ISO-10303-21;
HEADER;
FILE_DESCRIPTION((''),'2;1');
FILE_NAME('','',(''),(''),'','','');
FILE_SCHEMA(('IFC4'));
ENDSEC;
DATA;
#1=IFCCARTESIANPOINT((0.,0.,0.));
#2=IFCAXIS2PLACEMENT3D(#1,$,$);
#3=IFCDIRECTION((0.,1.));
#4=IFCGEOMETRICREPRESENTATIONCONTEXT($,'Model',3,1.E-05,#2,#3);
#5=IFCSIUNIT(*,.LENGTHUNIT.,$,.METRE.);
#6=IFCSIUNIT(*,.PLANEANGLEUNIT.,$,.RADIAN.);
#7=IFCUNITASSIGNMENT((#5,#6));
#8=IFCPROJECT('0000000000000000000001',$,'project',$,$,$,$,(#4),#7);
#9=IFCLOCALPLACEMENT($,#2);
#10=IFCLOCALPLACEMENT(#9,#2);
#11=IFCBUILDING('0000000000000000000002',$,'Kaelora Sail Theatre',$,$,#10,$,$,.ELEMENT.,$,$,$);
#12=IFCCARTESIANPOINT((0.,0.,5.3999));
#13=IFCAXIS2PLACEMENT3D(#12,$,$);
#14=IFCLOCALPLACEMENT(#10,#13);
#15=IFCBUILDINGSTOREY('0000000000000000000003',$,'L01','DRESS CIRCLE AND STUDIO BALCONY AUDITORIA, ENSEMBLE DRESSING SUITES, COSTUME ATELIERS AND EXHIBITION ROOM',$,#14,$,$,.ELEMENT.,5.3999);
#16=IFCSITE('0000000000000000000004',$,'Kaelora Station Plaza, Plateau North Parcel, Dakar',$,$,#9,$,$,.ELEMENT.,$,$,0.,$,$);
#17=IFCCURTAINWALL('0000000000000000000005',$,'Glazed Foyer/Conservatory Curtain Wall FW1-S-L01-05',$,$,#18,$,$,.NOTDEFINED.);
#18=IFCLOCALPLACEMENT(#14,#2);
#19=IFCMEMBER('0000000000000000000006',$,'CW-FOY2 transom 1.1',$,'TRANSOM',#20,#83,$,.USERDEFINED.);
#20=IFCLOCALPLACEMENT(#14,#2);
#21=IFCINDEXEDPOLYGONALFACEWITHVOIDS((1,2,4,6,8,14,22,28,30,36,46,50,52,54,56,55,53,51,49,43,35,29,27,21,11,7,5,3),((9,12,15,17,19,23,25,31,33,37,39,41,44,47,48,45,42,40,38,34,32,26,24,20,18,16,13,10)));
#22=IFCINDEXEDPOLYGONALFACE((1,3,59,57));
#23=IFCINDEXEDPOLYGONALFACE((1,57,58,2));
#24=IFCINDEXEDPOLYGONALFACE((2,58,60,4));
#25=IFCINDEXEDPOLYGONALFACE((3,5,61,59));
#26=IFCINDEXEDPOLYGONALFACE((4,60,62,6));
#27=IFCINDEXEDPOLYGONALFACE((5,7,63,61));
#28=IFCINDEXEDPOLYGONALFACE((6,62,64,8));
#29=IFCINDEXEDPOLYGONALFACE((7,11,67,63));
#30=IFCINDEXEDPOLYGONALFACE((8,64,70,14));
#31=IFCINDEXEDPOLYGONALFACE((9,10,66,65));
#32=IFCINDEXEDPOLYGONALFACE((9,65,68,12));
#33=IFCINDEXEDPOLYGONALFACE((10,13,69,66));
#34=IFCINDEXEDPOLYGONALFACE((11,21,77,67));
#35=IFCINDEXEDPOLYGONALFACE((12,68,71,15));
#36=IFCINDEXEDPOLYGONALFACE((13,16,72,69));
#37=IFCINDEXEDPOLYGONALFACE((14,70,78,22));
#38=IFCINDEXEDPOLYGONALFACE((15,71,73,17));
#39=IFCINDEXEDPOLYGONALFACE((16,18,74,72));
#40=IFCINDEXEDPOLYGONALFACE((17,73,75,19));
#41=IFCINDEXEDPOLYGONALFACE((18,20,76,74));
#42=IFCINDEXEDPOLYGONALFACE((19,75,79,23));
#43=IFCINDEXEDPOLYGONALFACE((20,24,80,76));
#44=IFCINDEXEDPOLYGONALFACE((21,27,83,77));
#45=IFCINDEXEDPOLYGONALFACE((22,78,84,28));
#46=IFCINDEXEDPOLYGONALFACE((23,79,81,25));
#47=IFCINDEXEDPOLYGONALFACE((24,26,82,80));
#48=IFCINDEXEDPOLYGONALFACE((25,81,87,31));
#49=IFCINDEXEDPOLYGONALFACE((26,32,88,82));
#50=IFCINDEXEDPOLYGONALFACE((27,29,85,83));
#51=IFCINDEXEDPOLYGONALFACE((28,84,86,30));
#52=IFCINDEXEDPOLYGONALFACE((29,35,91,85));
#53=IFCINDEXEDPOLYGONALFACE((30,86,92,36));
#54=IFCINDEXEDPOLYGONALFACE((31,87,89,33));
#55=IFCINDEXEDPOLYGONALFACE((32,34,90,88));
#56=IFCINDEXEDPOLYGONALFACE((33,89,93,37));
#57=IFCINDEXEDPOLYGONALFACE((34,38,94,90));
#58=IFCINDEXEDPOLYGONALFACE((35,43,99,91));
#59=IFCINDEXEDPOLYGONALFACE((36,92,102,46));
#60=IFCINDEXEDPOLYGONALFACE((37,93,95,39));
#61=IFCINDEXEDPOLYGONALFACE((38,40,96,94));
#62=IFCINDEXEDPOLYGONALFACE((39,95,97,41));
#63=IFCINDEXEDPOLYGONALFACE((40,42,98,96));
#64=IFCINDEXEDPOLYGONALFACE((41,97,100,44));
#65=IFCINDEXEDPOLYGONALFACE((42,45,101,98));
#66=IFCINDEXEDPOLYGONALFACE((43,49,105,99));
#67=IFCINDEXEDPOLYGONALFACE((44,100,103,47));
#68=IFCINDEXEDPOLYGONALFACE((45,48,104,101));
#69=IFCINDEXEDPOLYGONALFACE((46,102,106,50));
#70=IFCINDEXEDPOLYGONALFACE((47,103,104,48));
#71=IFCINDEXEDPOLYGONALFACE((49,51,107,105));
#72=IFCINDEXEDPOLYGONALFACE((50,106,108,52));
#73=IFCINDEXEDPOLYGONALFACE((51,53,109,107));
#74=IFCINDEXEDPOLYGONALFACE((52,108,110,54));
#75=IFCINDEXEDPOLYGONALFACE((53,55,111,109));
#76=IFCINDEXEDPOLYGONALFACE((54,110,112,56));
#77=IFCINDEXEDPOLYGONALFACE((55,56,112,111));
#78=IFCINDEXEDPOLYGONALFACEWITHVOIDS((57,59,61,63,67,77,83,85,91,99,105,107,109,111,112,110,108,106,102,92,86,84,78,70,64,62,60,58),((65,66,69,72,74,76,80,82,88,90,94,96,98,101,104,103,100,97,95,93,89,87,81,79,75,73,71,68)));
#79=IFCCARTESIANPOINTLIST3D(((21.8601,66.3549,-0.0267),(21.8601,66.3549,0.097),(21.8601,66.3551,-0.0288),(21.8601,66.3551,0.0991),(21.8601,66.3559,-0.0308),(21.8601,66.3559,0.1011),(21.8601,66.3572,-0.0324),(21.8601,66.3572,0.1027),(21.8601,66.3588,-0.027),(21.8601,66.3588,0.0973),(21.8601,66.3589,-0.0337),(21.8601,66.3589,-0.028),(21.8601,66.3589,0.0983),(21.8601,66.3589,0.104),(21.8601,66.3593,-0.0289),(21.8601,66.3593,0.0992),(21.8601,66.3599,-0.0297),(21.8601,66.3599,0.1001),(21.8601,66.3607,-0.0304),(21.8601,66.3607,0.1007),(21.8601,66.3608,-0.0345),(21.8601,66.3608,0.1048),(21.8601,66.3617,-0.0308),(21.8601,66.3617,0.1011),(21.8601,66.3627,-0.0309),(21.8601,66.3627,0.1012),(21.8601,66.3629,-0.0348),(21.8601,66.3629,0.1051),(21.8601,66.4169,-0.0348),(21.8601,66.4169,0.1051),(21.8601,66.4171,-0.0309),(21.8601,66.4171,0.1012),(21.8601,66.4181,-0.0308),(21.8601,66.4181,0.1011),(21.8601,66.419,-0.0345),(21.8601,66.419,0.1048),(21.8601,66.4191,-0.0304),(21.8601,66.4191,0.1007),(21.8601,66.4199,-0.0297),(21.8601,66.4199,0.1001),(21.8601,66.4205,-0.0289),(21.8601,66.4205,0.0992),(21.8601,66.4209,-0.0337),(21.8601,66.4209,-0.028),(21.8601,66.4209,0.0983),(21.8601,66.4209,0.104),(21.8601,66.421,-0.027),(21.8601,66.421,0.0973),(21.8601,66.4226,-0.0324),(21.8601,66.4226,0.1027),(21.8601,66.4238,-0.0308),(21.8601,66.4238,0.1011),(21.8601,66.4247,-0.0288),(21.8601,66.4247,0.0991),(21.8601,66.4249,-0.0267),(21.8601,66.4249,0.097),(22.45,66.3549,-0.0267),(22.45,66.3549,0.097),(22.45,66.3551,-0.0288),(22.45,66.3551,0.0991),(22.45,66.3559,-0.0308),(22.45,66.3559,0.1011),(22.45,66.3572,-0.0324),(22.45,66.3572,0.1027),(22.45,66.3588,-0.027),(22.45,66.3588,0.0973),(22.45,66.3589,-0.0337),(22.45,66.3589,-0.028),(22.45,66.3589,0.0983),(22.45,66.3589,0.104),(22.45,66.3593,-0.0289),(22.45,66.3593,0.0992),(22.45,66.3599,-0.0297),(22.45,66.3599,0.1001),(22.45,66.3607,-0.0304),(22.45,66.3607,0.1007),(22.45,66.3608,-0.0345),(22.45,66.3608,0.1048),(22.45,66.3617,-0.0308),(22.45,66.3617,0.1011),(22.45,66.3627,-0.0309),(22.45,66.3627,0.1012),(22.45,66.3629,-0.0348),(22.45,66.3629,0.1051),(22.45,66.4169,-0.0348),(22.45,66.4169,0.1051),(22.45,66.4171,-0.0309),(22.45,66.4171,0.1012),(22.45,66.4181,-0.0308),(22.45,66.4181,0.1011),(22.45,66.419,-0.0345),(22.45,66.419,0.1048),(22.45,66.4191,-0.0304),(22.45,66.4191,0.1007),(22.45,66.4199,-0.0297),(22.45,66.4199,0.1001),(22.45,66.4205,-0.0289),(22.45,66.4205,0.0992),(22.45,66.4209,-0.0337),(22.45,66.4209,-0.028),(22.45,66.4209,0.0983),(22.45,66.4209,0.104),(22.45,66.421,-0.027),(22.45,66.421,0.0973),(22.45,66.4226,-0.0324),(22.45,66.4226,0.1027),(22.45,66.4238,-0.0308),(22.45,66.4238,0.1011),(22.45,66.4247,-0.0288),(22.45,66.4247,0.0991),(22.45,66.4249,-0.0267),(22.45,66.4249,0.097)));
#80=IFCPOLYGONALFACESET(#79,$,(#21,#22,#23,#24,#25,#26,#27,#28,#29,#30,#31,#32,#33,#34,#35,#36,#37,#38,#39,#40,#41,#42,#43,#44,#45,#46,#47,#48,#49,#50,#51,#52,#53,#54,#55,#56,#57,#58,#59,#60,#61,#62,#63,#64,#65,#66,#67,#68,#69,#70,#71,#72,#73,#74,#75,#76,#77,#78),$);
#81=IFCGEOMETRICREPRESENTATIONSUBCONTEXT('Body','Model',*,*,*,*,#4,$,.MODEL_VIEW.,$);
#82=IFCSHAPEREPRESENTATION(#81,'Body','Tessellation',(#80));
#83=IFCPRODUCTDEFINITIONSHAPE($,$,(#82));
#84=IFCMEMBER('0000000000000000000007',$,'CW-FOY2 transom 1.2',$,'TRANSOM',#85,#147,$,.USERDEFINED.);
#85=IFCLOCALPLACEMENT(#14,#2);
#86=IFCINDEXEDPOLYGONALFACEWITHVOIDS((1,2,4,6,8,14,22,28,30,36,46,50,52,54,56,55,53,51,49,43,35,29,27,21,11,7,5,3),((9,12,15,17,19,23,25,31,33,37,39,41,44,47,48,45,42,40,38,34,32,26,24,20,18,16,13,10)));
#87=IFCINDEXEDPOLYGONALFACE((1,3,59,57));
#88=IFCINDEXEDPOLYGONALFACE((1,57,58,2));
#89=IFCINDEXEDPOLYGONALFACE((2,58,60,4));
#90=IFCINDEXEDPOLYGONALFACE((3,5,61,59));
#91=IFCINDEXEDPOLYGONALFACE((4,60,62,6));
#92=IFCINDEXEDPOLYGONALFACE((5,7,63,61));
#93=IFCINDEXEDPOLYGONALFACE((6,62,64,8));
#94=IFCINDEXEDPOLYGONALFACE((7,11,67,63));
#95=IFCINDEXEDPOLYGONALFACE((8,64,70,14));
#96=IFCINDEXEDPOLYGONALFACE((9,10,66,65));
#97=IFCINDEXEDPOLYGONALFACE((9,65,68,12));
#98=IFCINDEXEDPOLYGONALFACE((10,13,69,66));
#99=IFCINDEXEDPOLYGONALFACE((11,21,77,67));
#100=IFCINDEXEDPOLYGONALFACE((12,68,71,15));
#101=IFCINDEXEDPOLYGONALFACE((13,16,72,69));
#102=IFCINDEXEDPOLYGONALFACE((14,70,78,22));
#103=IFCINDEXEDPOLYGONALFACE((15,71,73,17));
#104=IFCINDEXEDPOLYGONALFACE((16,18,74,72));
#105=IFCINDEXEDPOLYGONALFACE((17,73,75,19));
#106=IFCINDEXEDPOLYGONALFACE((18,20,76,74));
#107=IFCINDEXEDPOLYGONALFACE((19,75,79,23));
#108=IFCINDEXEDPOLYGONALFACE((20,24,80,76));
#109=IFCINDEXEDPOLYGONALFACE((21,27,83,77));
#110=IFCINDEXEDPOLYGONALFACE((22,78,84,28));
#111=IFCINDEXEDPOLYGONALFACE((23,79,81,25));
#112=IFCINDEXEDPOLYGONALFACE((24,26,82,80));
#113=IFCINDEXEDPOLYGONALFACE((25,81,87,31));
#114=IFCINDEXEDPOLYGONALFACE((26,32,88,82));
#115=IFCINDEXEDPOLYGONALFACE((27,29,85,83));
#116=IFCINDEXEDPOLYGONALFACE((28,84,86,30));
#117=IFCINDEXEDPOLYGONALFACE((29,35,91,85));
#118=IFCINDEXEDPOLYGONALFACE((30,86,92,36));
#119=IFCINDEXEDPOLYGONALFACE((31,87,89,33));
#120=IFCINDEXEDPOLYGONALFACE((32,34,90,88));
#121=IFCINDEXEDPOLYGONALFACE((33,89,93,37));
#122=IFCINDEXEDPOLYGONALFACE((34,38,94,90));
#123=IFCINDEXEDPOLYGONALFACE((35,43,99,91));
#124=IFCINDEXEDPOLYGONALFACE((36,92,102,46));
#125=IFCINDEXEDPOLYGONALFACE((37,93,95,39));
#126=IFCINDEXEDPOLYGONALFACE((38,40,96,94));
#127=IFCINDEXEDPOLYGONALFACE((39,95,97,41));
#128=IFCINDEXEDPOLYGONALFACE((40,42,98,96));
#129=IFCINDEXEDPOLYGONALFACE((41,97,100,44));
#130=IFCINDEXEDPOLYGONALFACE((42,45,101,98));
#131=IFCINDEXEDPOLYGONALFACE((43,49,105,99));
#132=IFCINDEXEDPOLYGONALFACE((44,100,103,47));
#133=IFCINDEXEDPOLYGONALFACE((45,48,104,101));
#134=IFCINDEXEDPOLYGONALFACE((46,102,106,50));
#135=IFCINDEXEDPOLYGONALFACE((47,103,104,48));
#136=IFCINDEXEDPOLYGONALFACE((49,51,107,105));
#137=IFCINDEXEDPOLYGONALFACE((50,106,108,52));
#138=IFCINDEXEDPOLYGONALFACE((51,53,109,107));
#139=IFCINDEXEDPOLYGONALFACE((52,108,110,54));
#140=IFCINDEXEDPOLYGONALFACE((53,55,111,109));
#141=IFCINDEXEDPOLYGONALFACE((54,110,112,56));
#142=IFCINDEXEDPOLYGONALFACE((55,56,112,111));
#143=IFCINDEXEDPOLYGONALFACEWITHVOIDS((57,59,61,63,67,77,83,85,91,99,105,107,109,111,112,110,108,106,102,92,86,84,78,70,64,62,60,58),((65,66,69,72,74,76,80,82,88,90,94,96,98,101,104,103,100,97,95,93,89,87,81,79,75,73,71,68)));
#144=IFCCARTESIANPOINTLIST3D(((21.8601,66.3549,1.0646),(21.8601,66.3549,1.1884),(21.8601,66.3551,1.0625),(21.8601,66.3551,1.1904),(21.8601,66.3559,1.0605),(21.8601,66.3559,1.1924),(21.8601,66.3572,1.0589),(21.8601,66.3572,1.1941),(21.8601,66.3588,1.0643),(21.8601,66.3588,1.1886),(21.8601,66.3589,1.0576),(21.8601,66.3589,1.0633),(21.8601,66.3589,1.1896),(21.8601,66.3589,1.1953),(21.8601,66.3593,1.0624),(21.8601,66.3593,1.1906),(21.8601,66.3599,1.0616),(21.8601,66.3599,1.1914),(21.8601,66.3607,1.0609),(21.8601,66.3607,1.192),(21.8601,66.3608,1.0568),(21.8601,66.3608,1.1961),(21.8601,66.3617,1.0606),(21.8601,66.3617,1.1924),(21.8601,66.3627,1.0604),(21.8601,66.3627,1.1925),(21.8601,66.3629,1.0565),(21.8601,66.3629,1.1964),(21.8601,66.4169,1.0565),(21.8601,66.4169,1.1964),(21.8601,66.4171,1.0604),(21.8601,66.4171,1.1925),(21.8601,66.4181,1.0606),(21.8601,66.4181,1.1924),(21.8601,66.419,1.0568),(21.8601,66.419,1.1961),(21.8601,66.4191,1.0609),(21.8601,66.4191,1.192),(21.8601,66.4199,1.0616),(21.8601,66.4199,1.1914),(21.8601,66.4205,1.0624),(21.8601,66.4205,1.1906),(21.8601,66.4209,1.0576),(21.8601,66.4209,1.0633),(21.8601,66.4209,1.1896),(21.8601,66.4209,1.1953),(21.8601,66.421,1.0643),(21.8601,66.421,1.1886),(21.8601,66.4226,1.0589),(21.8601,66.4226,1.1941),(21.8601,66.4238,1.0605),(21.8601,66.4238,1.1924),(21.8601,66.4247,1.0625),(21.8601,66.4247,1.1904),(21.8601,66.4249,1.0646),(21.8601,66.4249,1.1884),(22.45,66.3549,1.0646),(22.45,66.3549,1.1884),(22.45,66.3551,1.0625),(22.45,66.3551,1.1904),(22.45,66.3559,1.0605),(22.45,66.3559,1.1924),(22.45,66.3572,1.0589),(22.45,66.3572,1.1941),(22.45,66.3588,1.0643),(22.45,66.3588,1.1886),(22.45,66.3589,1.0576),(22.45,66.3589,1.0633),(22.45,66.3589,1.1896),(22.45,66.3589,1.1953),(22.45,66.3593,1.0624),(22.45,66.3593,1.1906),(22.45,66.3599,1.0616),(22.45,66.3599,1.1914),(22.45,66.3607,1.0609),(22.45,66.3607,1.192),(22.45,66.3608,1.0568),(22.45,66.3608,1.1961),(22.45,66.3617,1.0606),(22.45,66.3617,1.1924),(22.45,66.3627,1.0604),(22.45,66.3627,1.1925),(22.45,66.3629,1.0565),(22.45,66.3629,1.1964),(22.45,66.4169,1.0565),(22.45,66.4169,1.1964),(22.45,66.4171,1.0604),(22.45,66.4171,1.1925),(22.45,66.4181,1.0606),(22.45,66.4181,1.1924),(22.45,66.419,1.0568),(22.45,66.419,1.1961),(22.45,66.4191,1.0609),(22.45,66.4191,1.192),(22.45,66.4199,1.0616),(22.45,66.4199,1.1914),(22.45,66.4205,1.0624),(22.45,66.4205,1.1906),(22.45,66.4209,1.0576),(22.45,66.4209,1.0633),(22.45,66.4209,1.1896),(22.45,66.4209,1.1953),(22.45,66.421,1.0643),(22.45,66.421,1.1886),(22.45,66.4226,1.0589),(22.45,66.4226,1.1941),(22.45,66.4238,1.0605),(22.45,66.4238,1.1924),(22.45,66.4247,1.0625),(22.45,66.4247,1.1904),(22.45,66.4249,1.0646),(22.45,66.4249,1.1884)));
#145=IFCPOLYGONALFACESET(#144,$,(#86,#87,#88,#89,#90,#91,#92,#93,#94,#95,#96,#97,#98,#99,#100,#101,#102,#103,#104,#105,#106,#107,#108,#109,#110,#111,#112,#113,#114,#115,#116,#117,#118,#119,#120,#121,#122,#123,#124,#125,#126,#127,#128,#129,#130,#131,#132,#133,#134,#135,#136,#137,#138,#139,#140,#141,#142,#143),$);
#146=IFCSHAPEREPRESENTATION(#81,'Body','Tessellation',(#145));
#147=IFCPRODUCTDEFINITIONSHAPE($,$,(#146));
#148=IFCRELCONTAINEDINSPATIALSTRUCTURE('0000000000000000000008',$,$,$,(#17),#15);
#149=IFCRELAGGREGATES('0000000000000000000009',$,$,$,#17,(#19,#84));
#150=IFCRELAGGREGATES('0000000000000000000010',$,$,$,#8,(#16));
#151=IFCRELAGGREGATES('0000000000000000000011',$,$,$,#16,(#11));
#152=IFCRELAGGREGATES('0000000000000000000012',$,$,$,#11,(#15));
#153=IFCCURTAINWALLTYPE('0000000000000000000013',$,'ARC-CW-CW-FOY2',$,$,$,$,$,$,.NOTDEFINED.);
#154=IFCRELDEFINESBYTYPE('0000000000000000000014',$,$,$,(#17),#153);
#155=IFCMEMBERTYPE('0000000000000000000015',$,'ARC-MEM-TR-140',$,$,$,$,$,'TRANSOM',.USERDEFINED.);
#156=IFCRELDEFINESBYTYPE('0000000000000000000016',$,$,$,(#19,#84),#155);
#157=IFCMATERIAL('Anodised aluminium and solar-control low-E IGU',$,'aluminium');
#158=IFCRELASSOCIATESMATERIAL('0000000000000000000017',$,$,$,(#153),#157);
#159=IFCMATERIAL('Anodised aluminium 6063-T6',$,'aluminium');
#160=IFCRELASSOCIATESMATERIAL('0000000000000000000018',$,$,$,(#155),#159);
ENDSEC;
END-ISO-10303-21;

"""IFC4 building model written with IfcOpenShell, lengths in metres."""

from ifc_helpers import new_model, si_unit, direction, frame, origin, origin_2d, place, context, subcontext, project, spatial, hollow_rectangle, extrude, material, material_profile, profile_set, type_object, element, aggregate, save


model = new_model("IFC4")

# Units and contexts
model_context = context("Model", 3, precision=1e-05, world=origin(), true_north=direction((0.0, 1.0)))
body_context = subcontext(model_context, "Body", "Model", "MODEL_VIEW")
ifc_project = project(units=[si_unit("LENGTHUNIT", "METRE"), si_unit("PLANEANGLEUNIT", "RADIAN")], contexts=[model_context])

# Site, building, storey
site_placement = place(None, origin())
site = spatial("IfcSite", under=ifc_project, at=site_placement, Name="Kaelora Station Plaza, Plateau North Parcel, Dakar", CompositionType="ELEMENT", RefElevation=0.0)
building_placement = place(site_placement, origin())
building = spatial("IfcBuilding", under=site, at=building_placement, Name="Kaelora Sail Theatre", CompositionType="ELEMENT")
storey_placement = place(building_placement, frame((0.0, 0.0, 5.3999)))
storey = spatial("IfcBuildingStorey", under=building, at=storey_placement, Name="L01", Description="DRESS CIRCLE AND STUDIO BALCONY AUDITORIA, ENSEMBLE DRESSING SUITES, COSTUME ATELIERS AND EXHIBITION ROOM", CompositionType="ELEMENT", Elevation=5.3999)

# Shared definitions
ifc_material_1 = material(Name="Anodised aluminium and solar-control low-E IGU", Category="aluminium")
curtain_wall_type = type_object("IfcCurtainWallType", Name="ARC-CW-CW-FOY2", PredefinedType="NOTDEFINED", material=ifc_material_1)

# Curtain wall
curtain_wall_1_placement = place(storey_placement, origin())
curtain_wall_1 = element("IfcCurtainWall", 1, at=curtain_wall_1_placement, inside=storey, type_object=curtain_wall_type, Name="Glazed Foyer/Conservatory Curtain Wall FW1-S-L01-05", PredefinedType="NOTDEFINED")

# Members
ifc_material_2 = material(Name="Anodised aluminium 6063-T6", Category="aluminium")
ifc_material_profile_1 = material_profile(ifc_material_2, hollow_rectangle(XDim=0.0701, YDim=0.1399, WallThickness=0.0039, InnerFilletRadius=0.0039, OuterFilletRadius=0.0081, at=origin_2d()), Name="ALU-TRAN 70x140x4")
ifc_profile_set_1 = profile_set([ifc_material_profile_1], Name="Anodised aluminium 6063-T6")
member_type_1 = type_object("IfcMemberType", Name="ARC-MEM-TR-140", ElementType="TRANSOM", PredefinedType="USERDEFINED", material=ifc_profile_set_1)
member_1_placement = place(storey_placement, frame((21.8601, 66.3899, 0.0352), z_axis=(1.0, 0.0, 0.0), x_axis=(0.0, 1.0, 0.0)))
member_1 = element("IfcMember", 2, at=member_1_placement, type_object=member_type_1, Name="CW-FOY2 transom 1.1", ObjectType="TRANSOM", PredefinedType="USERDEFINED", context=body_context, shape_type="SweptSolid", body=[
    extrude(hollow_rectangle(XDim=0.0701, YDim=0.1399, WallThickness=0.0039, InnerFilletRadius=0.0039, OuterFilletRadius=0.0081, at=origin_2d()), origin(), (0.0, 0.0, 1.0), 0.5898),
])
member_2_placement = place(storey_placement, frame((21.8601, 66.3899, 1.1265), z_axis=(1.0, 0.0, 0.0), x_axis=(0.0, 1.0, 0.0)))
member_2 = element("IfcMember", 3, at=member_2_placement, type_object=member_type_1, Name="CW-FOY2 transom 1.2", ObjectType="TRANSOM", PredefinedType="USERDEFINED", context=body_context, shape_type="SweptSolid", body=[
    extrude(hollow_rectangle(XDim=0.0701, YDim=0.1399, WallThickness=0.0039, InnerFilletRadius=0.0039, OuterFilletRadius=0.0081, at=origin_2d()), origin(), (0.0, 0.0, 1.0), 0.5898),
])

aggregate(curtain_wall_1, [member_1, member_2])

save(model, "model.ifc")
